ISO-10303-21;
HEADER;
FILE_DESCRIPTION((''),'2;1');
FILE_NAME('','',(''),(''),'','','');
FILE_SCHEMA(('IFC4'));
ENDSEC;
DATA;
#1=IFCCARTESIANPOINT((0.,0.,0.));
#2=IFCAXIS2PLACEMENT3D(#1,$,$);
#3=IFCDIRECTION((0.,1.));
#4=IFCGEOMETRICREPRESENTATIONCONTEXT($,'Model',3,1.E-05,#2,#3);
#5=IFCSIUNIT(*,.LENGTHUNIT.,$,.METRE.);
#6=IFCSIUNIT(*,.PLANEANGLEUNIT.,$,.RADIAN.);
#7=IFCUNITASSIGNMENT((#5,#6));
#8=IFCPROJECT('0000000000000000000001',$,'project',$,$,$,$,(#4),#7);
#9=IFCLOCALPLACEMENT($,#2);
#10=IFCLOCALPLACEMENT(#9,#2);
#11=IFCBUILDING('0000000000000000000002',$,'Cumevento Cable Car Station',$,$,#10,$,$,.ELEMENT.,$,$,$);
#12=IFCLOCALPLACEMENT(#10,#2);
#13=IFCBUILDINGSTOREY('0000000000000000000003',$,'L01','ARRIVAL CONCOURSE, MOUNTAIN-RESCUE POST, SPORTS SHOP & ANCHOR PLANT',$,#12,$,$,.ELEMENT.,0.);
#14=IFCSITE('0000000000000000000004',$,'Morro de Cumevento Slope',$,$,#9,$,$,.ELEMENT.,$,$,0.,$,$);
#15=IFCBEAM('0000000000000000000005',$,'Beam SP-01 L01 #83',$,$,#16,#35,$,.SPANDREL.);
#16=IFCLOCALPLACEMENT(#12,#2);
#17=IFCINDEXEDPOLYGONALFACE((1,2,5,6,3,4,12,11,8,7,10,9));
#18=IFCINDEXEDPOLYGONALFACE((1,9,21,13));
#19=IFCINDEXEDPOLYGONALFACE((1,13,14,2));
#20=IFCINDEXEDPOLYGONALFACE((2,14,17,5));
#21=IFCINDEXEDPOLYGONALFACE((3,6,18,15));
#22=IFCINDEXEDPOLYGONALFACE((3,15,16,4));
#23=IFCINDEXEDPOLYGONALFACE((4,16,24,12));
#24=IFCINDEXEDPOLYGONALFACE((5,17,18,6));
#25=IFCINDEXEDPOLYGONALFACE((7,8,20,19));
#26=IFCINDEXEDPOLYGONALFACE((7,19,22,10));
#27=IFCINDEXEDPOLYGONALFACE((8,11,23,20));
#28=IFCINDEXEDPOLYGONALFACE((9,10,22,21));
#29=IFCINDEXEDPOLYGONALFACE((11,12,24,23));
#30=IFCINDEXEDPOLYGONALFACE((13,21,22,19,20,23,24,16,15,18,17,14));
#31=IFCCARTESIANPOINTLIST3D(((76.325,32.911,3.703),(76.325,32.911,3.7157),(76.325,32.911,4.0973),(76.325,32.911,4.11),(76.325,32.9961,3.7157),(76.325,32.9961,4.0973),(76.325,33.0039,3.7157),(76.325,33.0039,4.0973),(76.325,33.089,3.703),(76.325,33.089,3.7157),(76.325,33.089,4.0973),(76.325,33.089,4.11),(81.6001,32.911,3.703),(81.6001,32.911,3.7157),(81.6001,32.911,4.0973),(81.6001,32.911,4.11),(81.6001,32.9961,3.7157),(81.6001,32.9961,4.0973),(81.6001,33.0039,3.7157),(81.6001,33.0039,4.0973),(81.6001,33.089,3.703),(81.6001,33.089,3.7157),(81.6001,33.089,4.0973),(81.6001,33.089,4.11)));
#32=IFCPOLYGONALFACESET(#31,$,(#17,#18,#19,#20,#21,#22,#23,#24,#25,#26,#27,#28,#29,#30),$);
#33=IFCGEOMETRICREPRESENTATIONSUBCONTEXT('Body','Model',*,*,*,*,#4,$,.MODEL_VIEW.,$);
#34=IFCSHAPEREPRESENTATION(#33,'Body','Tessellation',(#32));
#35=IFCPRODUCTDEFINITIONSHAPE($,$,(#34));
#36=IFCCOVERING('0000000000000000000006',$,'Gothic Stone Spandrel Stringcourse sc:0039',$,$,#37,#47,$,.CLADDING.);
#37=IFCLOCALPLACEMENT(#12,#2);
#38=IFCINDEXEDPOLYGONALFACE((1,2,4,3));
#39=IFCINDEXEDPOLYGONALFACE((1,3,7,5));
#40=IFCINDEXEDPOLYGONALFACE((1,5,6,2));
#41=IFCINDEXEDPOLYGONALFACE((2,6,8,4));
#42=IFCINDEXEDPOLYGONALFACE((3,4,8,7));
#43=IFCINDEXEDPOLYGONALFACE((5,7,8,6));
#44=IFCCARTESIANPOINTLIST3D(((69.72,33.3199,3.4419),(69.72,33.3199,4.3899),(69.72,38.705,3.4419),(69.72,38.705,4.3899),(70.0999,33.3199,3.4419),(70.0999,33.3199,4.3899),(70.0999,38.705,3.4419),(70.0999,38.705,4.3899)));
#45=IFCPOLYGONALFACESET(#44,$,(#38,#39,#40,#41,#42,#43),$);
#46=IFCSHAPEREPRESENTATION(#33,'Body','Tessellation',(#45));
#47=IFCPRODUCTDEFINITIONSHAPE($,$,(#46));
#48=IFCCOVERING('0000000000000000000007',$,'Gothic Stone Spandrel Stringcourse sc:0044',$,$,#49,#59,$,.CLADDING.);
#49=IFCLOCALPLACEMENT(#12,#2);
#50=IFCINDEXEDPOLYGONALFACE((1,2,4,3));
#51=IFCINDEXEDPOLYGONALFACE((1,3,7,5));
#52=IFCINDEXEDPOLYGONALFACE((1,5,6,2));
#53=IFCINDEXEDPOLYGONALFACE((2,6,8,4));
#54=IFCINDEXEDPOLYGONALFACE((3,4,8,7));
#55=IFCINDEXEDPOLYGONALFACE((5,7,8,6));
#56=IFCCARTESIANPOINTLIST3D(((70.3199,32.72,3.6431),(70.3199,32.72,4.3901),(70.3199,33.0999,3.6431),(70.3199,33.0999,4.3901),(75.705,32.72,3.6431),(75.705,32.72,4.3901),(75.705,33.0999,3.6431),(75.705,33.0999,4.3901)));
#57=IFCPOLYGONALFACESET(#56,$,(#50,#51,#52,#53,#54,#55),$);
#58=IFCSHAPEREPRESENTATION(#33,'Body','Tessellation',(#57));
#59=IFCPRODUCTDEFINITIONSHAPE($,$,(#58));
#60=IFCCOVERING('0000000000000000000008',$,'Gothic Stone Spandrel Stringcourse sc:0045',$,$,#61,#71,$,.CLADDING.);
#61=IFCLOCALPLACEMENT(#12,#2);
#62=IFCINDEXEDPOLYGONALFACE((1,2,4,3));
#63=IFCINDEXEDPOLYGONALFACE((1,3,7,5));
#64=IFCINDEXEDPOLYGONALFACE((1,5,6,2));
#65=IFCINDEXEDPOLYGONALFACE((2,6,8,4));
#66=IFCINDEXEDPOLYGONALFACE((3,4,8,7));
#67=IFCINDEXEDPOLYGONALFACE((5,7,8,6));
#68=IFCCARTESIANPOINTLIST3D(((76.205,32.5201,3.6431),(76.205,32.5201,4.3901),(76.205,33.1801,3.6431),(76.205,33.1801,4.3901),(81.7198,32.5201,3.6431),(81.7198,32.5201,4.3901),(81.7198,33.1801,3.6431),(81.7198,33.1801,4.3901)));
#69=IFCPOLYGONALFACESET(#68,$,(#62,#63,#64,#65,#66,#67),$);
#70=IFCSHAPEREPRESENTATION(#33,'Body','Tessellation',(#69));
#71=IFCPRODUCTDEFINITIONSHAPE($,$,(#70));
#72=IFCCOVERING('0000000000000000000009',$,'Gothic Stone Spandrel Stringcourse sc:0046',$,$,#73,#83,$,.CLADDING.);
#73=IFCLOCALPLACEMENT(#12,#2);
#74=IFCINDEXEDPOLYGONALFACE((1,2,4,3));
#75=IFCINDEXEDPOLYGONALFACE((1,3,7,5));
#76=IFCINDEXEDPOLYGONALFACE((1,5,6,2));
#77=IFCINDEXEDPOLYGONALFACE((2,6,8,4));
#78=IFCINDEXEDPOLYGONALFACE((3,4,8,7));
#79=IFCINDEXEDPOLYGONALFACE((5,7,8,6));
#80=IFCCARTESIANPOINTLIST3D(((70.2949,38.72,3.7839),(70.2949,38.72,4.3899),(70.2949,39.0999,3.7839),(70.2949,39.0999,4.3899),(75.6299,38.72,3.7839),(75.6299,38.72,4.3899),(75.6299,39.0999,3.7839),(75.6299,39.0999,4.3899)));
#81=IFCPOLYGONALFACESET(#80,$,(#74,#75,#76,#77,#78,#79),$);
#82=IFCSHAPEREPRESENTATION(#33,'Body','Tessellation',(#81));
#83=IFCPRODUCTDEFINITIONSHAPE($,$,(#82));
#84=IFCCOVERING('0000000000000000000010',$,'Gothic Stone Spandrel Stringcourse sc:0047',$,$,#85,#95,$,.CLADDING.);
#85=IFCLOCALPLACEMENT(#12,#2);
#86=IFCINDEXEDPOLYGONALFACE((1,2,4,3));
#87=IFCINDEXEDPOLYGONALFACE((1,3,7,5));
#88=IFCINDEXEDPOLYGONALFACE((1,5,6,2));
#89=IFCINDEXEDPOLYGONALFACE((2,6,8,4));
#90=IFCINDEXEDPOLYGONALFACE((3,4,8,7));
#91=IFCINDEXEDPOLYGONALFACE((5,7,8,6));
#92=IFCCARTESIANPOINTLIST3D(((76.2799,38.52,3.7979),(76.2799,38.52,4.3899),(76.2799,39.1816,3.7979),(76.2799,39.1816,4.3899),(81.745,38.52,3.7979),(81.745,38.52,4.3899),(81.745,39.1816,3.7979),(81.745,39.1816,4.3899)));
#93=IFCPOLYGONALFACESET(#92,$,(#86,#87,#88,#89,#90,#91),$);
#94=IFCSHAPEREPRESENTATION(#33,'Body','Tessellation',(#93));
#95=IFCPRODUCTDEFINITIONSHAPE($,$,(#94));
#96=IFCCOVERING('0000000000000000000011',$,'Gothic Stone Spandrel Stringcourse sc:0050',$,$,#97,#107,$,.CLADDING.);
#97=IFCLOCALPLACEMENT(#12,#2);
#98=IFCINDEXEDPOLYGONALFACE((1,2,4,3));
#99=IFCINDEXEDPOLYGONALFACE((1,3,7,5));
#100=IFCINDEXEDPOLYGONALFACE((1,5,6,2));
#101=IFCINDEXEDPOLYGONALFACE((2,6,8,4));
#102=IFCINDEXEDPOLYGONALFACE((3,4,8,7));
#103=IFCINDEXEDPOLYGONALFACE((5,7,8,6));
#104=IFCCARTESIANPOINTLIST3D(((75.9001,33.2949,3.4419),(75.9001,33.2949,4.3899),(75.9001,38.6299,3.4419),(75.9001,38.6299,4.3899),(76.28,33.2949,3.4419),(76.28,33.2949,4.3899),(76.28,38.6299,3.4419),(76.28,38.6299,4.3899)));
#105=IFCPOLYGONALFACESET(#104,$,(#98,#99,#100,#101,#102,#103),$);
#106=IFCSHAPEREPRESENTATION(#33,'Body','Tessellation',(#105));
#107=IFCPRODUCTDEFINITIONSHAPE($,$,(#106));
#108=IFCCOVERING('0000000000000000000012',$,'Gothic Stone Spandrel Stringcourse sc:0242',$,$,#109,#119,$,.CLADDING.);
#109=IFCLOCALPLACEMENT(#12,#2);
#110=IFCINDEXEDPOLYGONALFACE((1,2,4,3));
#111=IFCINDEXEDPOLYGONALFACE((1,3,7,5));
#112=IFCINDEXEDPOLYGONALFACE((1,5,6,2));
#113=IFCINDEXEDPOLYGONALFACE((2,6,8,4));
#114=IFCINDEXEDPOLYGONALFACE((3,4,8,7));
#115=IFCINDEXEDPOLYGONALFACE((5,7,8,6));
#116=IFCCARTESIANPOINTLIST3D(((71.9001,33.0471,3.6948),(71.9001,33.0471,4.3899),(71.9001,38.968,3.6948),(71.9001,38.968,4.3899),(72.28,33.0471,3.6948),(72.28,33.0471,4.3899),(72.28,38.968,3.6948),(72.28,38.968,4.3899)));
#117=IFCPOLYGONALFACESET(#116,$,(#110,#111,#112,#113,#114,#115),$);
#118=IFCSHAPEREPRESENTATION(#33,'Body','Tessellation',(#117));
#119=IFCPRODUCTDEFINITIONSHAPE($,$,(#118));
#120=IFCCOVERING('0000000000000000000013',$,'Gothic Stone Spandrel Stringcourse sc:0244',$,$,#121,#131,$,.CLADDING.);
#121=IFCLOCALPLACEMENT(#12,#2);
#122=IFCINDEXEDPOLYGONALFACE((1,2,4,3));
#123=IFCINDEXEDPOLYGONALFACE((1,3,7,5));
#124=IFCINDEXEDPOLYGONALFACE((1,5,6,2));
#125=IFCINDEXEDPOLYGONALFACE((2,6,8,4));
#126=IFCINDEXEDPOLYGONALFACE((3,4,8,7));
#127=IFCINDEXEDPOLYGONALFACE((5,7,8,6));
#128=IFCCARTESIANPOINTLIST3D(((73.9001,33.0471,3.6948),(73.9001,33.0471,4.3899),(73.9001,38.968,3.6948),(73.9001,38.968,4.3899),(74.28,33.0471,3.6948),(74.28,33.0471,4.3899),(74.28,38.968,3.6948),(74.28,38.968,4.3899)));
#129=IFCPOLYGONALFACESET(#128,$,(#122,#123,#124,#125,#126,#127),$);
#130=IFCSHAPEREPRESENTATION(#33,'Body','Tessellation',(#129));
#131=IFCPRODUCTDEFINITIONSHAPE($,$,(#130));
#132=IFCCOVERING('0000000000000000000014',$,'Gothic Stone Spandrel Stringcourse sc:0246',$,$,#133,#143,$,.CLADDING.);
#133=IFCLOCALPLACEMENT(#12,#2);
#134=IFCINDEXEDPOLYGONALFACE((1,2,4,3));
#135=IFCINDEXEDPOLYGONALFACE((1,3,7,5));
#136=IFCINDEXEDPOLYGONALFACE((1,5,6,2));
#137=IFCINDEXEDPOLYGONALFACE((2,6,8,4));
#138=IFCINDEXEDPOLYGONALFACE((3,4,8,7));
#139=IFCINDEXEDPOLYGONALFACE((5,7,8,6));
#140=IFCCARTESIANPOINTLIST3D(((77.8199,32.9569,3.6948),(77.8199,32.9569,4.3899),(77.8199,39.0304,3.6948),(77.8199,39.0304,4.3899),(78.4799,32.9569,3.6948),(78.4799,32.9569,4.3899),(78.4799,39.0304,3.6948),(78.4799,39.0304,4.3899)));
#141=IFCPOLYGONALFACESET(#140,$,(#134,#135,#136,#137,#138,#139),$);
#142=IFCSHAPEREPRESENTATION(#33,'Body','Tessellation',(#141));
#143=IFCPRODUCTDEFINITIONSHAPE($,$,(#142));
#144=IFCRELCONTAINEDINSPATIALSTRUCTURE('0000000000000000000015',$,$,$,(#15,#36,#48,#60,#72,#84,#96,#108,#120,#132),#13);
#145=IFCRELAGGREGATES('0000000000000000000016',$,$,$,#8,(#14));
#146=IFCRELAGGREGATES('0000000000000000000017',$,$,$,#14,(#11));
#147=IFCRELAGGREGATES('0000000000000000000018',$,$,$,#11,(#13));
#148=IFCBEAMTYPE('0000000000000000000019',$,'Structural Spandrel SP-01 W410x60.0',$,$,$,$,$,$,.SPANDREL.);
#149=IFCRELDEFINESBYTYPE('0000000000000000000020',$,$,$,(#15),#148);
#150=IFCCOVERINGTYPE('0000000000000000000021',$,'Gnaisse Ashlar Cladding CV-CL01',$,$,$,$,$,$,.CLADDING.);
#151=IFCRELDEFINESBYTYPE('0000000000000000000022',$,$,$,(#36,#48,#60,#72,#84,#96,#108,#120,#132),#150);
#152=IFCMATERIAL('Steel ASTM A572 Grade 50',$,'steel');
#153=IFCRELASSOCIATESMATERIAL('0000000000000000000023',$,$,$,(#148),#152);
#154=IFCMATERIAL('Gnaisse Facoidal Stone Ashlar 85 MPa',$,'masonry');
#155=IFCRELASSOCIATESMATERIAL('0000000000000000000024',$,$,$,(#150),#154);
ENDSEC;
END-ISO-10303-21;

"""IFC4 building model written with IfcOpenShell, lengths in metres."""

from ifc_helpers import new_model, si_unit, direction, frame, origin, origin_2d, place, context, subcontext, project, spatial, rectangle, i_section, extrude, material, material_profile, profile_set, type_object, element, save


model = new_model("IFC4")

# Units and contexts
model_context = context("Model", 3, precision=1e-05, world=origin(), true_north=direction((0.0, 1.0)))
body_context = subcontext(model_context, "Body", "Model", "MODEL_VIEW")
ifc_project = project(units=[si_unit("LENGTHUNIT", "METRE"), si_unit("PLANEANGLEUNIT", "RADIAN")], contexts=[model_context])

# Site, building, storey
site_placement = place(None, origin())
site = spatial("IfcSite", under=ifc_project, at=site_placement, Name="Morro de Cumevento Slope", CompositionType="ELEMENT", RefElevation=0.0)
building_placement = place(site_placement, origin())
building = spatial("IfcBuilding", under=site, at=building_placement, Name="Cumevento Cable Car Station", CompositionType="ELEMENT")
storey_placement = place(building_placement, origin())
storey = spatial("IfcBuildingStorey", under=building, at=storey_placement, Name="L01", Description="ARRIVAL CONCOURSE, MOUNTAIN-RESCUE POST, SPORTS SHOP & ANCHOR PLANT", CompositionType="ELEMENT", Elevation=0.0)

# Beam
ifc_material_1 = material(Name="Steel ASTM A572 Grade 50", Category="steel")
ifc_material_profile_1 = material_profile(ifc_material_1, i_section(OverallWidth=0.178, OverallDepth=0.407, WebThickness=0.0078, FlangeThickness=0.0127, at=origin_2d()), Name="W410x60.0")
ifc_profile_set_1 = profile_set([ifc_material_profile_1], Name="Steel ASTM A572 Grade 50")
beam_type_1 = type_object("IfcBeamType", Name="Structural Spandrel SP-01 W410x60.0", PredefinedType="SPANDREL", material=ifc_profile_set_1)
beam_1_placement = place(storey_placement, frame((76.325, 33.0, 3.9065), z_axis=(1.0, 0.0, 0.0), x_axis=(0.0, 1.0, 0.0)))
element("IfcBeam", 1, at=beam_1_placement, inside=storey, type_object=beam_type_1, Name="Beam SP-01 L01 #83", PredefinedType="SPANDREL", context=body_context, shape_type="SweptSolid", body=[
    extrude(i_section(OverallWidth=0.178, OverallDepth=0.407, WebThickness=0.0078, FlangeThickness=0.0127, at=origin_2d()), origin(), (0.0, 0.0, 1.0), 5.2751),
])

# Coverings
ifc_material_2 = material(Name="Gnaisse Facoidal Stone Ashlar 85 MPa", Category="masonry")
covering_type = type_object("IfcCoveringType", Name="Gnaisse Ashlar Cladding CV-CL01", PredefinedType="CLADDING", material=ifc_material_2)
covering_1_placement = place(storey_placement, frame((69.9099, 36.0125, 3.4419), z_axis=(0.0, 0.0, 1.0), x_axis=(0.0, -1.0, 0.0)))
element("IfcCovering", 2, at=covering_1_placement, inside=storey, type_object=covering_type, Name="Gothic Stone Spandrel Stringcourse sc:0039", PredefinedType="CLADDING", context=body_context, shape_type="SweptSolid", body=[
    extrude(rectangle(XDim=5.385, YDim=0.3799, at=origin_2d()), origin(), (0.0, 0.0, 1.0), 0.948),
])
covering_2_placement = place(storey_placement, frame((73.0125, 32.9099, 3.6431), z_axis=(0.0, 0.0, 1.0), x_axis=(1.0, 0.0, 0.0)))
element("IfcCovering", 3, at=covering_2_placement, inside=storey, type_object=covering_type, Name="Gothic Stone Spandrel Stringcourse sc:0044", PredefinedType="CLADDING", context=body_context, shape_type="SweptSolid", body=[
    extrude(rectangle(XDim=5.385, YDim=0.3799, at=origin_2d()), origin(), (0.0, 0.0, 1.0), 0.7471),
])
covering_3_placement = place(storey_placement, frame((78.9624, 32.8501, 3.6431), z_axis=(0.0, 0.0, 1.0), x_axis=(1.0, 0.0, 0.0)))
element("IfcCovering", 4, at=covering_3_placement, inside=storey, type_object=covering_type, Name="Gothic Stone Spandrel Stringcourse sc:0045", PredefinedType="CLADDING", context=body_context, shape_type="SweptSolid", body=[
    extrude(rectangle(XDim=5.5149, YDim=0.6599, at=origin_2d()), origin(), (0.0, 0.0, 1.0), 0.7471),
])
covering_4_placement = place(storey_placement, frame((72.9624, 38.9099, 3.7839), z_axis=(0.0, 0.0, 1.0), x_axis=(1.0, 0.0, 0.0)))
element("IfcCovering", 5, at=covering_4_placement, inside=storey, type_object=covering_type, Name="Gothic Stone Spandrel Stringcourse sc:0046", PredefinedType="CLADDING", context=body_context, shape_type="SweptSolid", body=[
    extrude(rectangle(XDim=5.335, YDim=0.3799, at=origin_2d()), origin(), (0.0, 0.0, 1.0), 0.606),
])
covering_5_placement = place(storey_placement, frame((79.0125, 38.8508, 3.7979), z_axis=(0.0, 0.0, 1.0), x_axis=(1.0, 0.0, 0.0)))
element("IfcCovering", 6, at=covering_5_placement, inside=storey, type_object=covering_type, Name="Gothic Stone Spandrel Stringcourse sc:0047", PredefinedType="CLADDING", context=body_context, shape_type="SweptSolid", body=[
    extrude(rectangle(XDim=5.4651, YDim=0.6616, at=origin_2d()), origin(), (0.0, 0.0, 1.0), 0.592),
])
covering_6_placement = place(storey_placement, frame((76.0901, 35.9624, 3.4419), z_axis=(0.0, 0.0, 1.0), x_axis=(0.0, 1.0, 0.0)))
element("IfcCovering", 7, at=covering_6_placement, inside=storey, type_object=covering_type, Name="Gothic Stone Spandrel Stringcourse sc:0050", PredefinedType="CLADDING", context=body_context, shape_type="SweptSolid", body=[
    extrude(rectangle(XDim=5.335, YDim=0.3799, at=origin_2d()), origin(), (0.0, 0.0, 1.0), 0.948),
])
for number, where, z_axis, x_axis, name in (
    (8, (72.0901, 36.0076, 3.6948), (0.0, 0.0, 1.0), (0.0, 1.0, 0.0), "Gothic Stone Spandrel Stringcourse sc:0242"),
    (9, (74.0901, 36.0076, 3.6948), (0.0, 0.0, 1.0), (0.0, 1.0, 0.0), "Gothic Stone Spandrel Stringcourse sc:0244"),
):
    element("IfcCovering", number, at=place(storey_placement, frame(where, z_axis=z_axis, x_axis=x_axis)), inside=storey, type_object=covering_type, Name=name, PredefinedType="CLADDING", context=body_context, shape_type="SweptSolid", body=[
        extrude(rectangle(XDim=5.9209, YDim=0.3799, at=origin_2d()), origin(), (0.0, 0.0, 1.0), 0.6951),
    ])
covering_7_placement = place(storey_placement, frame((78.1499, 35.9937, 3.6948), z_axis=(0.0, 0.0, 1.0), x_axis=(0.0, 1.0, 0.0)))
element("IfcCovering", 10, at=covering_7_placement, inside=storey, type_object=covering_type, Name="Gothic Stone Spandrel Stringcourse sc:0246", PredefinedType="CLADDING", context=body_context, shape_type="SweptSolid", body=[
    extrude(rectangle(XDim=6.0735, YDim=0.6599, at=origin_2d()), origin(), (0.0, 0.0, 1.0), 0.6951),
])

save(model, "model.ifc")
